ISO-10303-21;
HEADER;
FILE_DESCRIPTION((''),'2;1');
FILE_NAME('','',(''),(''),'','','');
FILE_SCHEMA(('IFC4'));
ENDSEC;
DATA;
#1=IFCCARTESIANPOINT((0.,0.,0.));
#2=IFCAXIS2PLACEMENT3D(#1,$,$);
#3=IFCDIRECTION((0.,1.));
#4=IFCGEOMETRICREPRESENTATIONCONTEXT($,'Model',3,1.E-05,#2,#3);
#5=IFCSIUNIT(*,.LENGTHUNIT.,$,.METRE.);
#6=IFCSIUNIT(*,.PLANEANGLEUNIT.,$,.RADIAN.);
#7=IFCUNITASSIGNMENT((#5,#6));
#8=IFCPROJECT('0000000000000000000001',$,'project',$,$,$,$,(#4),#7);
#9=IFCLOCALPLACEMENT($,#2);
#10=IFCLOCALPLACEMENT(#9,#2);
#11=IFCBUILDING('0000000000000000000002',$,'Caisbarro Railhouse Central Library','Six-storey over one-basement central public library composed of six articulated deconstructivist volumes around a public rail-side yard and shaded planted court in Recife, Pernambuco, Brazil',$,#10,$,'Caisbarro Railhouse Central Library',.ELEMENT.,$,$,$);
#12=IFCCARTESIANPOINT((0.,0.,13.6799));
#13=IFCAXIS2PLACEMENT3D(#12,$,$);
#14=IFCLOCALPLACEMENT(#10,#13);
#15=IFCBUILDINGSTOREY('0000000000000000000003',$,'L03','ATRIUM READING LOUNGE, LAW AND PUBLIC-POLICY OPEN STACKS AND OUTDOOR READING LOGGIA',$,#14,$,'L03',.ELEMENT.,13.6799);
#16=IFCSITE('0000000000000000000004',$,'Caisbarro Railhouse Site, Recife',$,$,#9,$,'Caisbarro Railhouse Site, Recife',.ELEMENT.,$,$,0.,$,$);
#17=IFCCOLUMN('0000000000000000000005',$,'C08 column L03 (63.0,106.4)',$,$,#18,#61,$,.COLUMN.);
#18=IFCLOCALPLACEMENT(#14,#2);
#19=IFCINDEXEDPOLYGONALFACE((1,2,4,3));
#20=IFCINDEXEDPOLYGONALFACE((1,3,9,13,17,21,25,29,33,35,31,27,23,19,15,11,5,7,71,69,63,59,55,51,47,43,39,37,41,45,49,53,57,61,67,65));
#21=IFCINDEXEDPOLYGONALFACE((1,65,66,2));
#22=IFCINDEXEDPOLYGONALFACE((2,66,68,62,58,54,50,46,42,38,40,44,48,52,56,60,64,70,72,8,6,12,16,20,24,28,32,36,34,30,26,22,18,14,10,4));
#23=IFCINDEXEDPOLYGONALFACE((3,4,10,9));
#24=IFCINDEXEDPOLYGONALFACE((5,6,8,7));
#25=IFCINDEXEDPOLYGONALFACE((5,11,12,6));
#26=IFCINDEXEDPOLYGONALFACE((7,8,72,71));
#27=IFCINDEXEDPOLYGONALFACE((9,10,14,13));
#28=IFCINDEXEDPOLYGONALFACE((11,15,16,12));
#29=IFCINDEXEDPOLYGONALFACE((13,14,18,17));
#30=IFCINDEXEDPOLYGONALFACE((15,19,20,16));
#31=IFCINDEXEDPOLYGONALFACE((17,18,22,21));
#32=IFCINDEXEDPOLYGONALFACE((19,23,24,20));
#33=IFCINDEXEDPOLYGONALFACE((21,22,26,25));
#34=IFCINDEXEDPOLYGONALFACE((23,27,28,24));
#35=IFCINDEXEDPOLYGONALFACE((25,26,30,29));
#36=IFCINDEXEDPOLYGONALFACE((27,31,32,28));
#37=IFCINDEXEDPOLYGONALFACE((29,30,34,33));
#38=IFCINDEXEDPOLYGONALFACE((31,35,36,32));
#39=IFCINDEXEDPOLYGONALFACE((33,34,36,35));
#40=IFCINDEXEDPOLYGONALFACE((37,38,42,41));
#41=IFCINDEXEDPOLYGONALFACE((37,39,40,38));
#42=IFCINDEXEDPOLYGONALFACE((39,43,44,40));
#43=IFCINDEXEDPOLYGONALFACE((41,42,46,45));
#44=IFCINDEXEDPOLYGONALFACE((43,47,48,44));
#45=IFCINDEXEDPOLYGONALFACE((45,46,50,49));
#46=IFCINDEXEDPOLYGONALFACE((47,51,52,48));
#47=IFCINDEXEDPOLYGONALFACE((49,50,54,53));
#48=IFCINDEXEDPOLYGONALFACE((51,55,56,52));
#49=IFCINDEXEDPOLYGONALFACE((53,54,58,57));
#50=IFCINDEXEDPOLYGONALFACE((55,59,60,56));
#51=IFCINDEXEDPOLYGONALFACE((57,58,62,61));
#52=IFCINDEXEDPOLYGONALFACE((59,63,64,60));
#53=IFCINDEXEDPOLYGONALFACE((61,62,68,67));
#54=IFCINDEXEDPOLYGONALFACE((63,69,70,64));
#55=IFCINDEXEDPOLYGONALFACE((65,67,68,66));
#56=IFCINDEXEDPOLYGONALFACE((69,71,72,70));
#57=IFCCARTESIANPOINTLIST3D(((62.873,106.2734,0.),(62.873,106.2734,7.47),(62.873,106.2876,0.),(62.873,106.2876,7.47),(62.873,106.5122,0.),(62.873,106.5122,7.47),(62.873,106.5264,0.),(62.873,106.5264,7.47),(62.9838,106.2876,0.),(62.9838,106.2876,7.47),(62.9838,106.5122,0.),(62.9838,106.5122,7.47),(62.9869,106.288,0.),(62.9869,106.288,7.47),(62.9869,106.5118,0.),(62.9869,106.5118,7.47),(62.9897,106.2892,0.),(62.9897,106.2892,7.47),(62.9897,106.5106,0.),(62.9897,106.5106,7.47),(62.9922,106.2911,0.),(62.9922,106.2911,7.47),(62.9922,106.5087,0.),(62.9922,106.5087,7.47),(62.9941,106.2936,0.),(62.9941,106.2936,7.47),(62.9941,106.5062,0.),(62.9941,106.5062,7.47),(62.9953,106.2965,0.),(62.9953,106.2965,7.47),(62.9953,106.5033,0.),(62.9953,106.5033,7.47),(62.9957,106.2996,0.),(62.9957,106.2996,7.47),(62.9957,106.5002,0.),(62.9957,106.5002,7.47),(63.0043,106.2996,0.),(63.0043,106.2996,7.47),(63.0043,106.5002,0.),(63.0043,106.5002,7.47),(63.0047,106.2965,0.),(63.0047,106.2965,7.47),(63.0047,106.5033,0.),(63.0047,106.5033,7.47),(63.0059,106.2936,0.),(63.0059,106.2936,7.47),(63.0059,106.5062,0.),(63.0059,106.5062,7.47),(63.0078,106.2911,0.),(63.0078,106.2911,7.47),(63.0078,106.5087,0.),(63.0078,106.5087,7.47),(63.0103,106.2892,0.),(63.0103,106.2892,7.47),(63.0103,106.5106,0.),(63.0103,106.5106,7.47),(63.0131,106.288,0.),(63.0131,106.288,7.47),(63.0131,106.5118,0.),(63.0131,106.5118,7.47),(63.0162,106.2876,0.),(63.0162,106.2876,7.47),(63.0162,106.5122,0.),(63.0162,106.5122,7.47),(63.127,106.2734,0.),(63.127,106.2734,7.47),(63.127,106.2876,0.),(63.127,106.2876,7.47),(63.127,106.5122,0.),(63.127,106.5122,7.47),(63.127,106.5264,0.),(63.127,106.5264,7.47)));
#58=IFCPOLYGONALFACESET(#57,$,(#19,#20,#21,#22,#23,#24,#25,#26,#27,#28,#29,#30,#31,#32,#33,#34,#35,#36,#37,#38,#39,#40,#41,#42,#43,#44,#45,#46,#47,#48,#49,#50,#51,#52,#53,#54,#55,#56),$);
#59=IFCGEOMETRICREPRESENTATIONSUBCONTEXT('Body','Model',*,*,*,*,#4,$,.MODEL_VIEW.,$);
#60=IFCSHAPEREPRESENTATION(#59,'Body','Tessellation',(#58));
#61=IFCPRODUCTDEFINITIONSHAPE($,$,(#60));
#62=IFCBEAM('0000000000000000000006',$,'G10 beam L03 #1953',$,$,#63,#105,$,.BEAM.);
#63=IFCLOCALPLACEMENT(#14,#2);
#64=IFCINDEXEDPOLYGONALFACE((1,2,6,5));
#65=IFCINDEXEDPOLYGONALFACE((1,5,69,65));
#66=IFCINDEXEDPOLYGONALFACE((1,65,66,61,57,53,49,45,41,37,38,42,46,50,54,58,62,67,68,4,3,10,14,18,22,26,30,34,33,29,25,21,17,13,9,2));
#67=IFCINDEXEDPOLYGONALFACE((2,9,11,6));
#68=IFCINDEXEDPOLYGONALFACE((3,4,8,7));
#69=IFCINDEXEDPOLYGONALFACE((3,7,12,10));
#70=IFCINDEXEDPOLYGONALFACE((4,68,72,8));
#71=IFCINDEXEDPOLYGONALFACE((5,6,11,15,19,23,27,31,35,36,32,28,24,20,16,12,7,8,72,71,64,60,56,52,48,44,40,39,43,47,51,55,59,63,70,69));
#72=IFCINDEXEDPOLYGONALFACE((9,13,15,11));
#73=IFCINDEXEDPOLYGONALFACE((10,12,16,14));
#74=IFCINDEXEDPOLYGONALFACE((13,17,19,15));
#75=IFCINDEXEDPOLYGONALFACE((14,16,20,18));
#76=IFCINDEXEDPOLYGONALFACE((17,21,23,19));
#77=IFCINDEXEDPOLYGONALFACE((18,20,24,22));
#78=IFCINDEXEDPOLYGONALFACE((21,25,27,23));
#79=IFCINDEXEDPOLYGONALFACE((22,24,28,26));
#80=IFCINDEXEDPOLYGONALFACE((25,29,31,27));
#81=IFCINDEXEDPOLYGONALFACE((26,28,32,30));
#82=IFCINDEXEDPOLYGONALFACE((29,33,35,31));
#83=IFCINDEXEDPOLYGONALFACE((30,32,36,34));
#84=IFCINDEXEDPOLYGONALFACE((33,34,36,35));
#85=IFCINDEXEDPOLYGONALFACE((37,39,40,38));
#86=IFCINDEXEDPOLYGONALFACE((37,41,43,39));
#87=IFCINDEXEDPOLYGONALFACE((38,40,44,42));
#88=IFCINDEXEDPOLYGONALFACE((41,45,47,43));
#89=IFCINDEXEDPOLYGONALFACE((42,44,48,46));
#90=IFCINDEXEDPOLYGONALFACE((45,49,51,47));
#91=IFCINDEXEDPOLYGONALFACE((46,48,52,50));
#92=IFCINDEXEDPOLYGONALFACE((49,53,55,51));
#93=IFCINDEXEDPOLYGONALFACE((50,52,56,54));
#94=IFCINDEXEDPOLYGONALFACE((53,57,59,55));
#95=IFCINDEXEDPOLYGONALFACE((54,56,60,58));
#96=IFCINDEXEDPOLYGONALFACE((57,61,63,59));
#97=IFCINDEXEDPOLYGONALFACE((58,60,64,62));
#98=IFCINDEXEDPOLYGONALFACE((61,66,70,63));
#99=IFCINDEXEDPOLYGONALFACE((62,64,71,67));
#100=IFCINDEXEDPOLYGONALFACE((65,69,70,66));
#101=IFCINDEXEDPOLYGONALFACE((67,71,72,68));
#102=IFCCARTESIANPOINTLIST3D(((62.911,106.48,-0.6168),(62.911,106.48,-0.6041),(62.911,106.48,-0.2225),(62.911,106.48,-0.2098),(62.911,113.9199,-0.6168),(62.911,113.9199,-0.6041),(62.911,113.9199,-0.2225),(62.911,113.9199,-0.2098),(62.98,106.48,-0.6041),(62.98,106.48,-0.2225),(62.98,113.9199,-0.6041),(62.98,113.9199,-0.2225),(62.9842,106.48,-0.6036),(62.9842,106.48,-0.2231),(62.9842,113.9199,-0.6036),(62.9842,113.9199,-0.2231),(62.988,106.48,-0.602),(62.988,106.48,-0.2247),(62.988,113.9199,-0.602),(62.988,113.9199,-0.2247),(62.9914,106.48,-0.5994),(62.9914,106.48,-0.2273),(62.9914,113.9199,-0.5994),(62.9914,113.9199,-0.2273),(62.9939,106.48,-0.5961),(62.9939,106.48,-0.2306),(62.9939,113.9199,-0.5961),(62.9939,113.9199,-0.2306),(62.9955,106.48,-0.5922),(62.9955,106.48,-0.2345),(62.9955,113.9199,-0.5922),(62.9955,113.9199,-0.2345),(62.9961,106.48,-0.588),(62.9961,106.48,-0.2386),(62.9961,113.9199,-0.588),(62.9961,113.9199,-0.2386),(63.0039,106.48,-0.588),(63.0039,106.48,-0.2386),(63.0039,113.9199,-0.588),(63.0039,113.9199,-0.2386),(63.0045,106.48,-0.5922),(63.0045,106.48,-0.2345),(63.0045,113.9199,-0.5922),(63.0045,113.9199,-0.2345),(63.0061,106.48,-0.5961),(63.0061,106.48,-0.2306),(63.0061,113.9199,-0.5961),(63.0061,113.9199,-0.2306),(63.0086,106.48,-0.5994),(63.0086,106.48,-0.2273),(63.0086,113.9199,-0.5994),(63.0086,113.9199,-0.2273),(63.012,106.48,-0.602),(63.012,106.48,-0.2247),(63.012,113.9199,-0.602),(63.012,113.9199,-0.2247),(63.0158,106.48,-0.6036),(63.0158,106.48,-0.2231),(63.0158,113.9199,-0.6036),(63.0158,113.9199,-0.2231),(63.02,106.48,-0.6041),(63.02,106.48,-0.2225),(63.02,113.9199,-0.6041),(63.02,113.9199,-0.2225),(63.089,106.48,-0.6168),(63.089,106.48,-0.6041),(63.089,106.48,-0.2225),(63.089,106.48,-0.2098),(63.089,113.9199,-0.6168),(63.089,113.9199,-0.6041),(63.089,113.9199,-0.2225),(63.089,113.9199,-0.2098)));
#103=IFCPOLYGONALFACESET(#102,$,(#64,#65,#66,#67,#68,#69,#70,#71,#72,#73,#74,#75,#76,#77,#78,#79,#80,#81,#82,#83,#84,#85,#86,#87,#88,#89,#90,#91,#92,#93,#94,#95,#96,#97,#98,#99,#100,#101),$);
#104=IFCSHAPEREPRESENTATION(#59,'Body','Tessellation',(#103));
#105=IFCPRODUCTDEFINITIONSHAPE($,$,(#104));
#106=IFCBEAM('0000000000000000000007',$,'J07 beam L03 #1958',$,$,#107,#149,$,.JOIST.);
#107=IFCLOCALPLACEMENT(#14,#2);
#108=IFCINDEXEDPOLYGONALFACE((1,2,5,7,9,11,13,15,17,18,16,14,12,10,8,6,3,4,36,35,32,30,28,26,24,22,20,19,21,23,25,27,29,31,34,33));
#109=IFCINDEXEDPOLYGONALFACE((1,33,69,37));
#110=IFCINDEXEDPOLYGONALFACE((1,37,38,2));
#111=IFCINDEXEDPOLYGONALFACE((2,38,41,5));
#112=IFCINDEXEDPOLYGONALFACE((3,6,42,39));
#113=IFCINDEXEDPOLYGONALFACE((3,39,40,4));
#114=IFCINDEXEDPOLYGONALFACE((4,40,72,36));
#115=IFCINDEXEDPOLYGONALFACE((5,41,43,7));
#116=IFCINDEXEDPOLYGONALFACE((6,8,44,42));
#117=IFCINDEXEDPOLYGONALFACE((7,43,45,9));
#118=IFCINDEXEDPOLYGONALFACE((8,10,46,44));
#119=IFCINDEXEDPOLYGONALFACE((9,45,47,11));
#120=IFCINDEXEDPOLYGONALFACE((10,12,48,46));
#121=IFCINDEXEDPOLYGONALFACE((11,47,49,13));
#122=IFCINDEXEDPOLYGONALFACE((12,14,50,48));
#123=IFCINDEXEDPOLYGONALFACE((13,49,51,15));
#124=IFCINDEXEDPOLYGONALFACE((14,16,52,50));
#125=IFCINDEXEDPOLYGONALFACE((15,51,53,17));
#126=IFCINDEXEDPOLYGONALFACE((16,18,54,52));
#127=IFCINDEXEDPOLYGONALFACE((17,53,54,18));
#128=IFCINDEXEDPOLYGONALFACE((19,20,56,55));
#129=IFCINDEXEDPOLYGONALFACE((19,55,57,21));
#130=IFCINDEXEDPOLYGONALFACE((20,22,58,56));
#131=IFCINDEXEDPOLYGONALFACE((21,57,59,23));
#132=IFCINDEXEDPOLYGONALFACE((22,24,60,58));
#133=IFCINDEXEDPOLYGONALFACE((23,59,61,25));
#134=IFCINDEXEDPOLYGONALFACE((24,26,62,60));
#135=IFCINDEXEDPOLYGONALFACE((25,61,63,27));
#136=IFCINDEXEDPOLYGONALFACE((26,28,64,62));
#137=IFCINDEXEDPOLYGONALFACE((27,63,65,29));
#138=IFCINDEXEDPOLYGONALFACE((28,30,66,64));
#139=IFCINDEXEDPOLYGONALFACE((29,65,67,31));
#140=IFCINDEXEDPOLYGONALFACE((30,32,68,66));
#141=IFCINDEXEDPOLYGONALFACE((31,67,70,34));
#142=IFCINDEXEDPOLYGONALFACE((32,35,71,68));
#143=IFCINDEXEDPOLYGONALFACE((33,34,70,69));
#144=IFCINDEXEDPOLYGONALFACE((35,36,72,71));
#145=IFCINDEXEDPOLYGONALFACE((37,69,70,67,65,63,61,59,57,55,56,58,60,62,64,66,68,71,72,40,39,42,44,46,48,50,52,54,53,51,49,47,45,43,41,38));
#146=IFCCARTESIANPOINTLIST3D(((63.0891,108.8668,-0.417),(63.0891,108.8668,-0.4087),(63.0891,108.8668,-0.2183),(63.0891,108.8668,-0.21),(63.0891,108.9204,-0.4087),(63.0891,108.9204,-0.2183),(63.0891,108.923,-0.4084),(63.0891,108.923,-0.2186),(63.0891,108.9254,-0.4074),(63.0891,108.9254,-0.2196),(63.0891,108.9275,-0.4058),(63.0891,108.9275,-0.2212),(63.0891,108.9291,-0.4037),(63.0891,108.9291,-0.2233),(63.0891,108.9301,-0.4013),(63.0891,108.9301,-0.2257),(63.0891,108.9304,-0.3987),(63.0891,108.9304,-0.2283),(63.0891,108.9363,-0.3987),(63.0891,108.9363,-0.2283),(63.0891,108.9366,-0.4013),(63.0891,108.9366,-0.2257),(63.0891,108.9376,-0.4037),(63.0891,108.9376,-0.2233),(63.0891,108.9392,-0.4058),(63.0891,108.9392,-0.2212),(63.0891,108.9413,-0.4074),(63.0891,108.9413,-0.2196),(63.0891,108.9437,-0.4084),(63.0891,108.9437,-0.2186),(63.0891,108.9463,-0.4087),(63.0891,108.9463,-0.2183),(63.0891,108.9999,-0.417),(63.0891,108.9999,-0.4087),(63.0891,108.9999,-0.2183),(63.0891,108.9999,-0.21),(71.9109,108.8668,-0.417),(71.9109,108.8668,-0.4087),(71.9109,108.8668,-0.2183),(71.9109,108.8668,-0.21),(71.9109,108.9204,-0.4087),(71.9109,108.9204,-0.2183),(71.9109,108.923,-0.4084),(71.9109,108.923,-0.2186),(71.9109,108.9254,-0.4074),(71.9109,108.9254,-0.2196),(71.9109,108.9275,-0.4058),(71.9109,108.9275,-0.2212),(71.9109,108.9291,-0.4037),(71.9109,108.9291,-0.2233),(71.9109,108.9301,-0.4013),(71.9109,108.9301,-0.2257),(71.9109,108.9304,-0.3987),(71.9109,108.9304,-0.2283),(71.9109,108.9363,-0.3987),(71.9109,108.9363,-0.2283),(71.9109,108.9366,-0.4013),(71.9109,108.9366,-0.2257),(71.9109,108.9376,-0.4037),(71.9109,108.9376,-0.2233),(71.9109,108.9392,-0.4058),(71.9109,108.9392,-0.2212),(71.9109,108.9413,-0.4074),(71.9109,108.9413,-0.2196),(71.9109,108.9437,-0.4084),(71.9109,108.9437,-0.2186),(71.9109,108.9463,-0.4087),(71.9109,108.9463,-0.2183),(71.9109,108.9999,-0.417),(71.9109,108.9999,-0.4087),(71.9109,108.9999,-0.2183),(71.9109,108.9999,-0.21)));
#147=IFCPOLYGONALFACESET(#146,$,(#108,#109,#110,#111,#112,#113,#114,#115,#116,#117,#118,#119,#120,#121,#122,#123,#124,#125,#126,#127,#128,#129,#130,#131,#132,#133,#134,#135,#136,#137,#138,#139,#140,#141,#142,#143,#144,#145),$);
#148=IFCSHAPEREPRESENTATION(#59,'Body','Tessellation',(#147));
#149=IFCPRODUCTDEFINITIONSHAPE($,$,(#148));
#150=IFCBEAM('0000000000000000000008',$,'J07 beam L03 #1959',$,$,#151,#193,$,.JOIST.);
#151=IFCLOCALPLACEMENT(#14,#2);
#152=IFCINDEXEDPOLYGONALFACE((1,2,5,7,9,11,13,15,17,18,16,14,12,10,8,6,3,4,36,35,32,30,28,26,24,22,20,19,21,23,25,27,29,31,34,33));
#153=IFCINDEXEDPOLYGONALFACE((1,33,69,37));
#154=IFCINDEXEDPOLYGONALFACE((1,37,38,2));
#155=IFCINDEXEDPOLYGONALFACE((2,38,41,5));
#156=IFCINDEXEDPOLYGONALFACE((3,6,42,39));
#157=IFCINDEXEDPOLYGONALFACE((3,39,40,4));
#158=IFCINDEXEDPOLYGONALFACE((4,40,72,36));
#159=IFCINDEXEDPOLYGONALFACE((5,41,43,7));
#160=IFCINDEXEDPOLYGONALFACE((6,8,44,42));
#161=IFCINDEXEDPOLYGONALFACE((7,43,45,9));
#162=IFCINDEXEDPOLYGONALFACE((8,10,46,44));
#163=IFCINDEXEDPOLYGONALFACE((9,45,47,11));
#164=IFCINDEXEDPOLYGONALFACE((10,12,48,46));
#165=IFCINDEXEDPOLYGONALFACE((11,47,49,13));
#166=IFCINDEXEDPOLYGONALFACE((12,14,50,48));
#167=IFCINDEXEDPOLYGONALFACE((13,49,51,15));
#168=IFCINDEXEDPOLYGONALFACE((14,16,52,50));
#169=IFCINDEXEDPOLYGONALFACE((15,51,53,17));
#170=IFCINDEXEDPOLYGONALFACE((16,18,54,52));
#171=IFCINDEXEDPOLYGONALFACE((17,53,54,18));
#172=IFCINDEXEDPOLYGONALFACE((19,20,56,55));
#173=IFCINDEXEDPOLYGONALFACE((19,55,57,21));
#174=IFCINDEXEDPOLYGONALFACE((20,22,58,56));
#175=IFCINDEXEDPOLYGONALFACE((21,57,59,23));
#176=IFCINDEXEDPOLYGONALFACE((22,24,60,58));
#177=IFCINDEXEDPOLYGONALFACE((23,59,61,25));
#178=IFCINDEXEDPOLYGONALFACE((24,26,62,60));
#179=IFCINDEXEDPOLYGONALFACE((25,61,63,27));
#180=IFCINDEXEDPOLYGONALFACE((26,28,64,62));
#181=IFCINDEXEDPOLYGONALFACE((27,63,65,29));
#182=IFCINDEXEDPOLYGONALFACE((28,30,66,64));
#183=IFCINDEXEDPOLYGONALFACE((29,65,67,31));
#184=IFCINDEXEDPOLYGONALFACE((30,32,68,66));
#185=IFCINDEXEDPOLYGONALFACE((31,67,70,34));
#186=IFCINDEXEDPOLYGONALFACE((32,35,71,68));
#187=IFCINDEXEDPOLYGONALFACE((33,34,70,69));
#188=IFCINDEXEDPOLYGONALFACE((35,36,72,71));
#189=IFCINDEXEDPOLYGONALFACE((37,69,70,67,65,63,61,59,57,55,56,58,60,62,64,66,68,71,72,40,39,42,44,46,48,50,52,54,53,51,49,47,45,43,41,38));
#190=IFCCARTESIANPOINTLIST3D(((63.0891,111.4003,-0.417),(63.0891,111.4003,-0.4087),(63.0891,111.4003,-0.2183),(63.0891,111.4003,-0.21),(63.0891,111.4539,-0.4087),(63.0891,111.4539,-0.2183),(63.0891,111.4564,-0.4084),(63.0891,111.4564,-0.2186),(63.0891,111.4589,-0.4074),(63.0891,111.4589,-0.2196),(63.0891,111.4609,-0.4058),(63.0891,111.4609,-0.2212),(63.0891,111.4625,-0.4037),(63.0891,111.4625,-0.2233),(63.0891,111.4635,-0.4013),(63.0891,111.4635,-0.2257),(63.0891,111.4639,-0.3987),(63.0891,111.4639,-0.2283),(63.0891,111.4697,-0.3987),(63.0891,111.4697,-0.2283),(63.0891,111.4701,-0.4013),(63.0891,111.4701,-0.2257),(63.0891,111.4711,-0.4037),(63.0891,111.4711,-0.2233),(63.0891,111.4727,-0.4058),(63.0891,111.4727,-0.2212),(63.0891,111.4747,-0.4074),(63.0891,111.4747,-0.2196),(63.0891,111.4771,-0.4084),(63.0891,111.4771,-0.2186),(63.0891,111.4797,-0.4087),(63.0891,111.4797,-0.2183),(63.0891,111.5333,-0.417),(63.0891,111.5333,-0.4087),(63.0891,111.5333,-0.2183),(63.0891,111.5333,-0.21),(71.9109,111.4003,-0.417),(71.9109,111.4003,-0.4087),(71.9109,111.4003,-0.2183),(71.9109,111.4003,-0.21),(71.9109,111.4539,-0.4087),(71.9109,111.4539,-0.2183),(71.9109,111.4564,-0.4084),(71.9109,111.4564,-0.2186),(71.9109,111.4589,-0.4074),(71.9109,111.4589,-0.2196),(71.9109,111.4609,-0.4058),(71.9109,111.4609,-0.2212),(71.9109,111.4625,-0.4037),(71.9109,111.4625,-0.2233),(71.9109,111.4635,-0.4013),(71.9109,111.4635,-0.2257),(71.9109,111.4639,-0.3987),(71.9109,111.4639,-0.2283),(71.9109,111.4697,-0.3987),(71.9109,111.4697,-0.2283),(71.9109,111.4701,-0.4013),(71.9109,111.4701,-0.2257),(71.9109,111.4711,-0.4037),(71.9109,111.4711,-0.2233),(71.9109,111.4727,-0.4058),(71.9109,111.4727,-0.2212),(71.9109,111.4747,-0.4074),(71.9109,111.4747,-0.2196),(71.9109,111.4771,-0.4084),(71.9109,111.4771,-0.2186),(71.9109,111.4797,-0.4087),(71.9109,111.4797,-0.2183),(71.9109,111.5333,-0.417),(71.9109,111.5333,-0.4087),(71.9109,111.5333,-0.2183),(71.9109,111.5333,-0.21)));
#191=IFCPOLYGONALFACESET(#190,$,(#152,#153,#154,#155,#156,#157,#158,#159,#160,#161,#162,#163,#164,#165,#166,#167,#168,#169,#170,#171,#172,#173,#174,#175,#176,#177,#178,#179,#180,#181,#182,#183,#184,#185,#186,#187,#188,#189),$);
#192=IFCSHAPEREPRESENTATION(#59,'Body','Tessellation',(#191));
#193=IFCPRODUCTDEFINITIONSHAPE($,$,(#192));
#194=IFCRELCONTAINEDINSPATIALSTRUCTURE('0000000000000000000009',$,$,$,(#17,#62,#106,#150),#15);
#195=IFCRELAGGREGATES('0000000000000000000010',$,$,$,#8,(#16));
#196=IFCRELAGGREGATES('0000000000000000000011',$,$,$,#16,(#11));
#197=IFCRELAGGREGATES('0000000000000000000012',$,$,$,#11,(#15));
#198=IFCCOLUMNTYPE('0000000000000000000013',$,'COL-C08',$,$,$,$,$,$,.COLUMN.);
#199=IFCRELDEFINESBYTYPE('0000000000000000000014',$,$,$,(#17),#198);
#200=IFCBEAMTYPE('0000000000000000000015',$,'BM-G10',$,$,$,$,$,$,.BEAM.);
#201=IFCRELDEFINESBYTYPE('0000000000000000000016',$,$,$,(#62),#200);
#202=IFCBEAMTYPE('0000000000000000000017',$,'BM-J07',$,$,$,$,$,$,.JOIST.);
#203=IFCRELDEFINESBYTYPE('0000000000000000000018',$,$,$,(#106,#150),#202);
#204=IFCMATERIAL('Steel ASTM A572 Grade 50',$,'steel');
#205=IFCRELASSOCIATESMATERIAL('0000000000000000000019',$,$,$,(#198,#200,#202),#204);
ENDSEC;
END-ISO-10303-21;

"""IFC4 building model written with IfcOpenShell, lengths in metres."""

from ifc_helpers import new_model, si_unit, direction, frame, origin, origin_2d, place, context, subcontext, project, spatial, i_section, extrude, material, material_profile, profile_set, type_object, element, save


model = new_model("IFC4")

# Units and contexts
model_context = context("Model", 3, precision=1e-05, world=origin(), true_north=direction((0.0, 1.0)))
body_context = subcontext(model_context, "Body", "Model", "MODEL_VIEW")
ifc_project = project(units=[si_unit("LENGTHUNIT", "METRE"), si_unit("PLANEANGLEUNIT", "RADIAN")], contexts=[model_context])

# Site, building, storey
site_placement = place(None, origin())
site = spatial("IfcSite", under=ifc_project, at=site_placement, Name="Caisbarro Railhouse Site, Recife", LongName="Caisbarro Railhouse Site, Recife", CompositionType="ELEMENT", RefElevation=0.0)
building_placement = place(site_placement, origin())
building = spatial("IfcBuilding", under=site, at=building_placement, Name="Caisbarro Railhouse Central Library", Description="Six-storey over one-basement central public library composed of six articulated deconstructivist volumes around a public rail-side yard and shaded planted court in Recife, Pernambuco, Brazil", LongName="Caisbarro Railhouse Central Library", CompositionType="ELEMENT")
storey_placement = place(building_placement, frame((0.0, 0.0, 13.6799)))
storey = spatial("IfcBuildingStorey", under=building, at=storey_placement, Name="L03", Description="ATRIUM READING LOUNGE, LAW AND PUBLIC-POLICY OPEN STACKS AND OUTDOOR READING LOGGIA", LongName="L03", CompositionType="ELEMENT", Elevation=13.6799)

# Column
ifc_material_1 = material(Name="Steel ASTM A572 Grade 50", Category="steel")
ifc_material_profile_1 = material_profile(ifc_material_1, i_section(OverallWidth=0.2539, OverallDepth=0.2529, WebThickness=0.0085, FlangeThickness=0.0142, FilletRadius=0.012, at=origin_2d()), Name="W250X73.0")
ifc_profile_set_1 = profile_set([ifc_material_profile_1], Name="Steel ASTM A572 Grade 50")
column_type = type_object("IfcColumnType", Name="COL-C08", PredefinedType="COLUMN", material=ifc_profile_set_1)
column_placement = place(storey_placement, frame((63.0, 106.3999, 0.0), z_axis=(0.0, 0.0, 1.0), x_axis=(1.0, 0.0, 0.0)))
element("IfcColumn", 1, at=column_placement, inside=storey, type_object=column_type, Name="C08 column L03 (63.0,106.4)", PredefinedType="COLUMN", context=body_context, shape_type="SweptSolid", body=[
    extrude(i_section(OverallWidth=0.2539, OverallDepth=0.2529, WebThickness=0.0085, FlangeThickness=0.0142, FilletRadius=0.012, at=origin_2d()), origin(), (0.0, 0.0, 1.0), 7.47),
])

# Beams
ifc_material_profile_2 = material_profile(ifc_material_1, i_section(OverallWidth=0.178, OverallDepth=0.407, WebThickness=0.0078, FlangeThickness=0.0127, FilletRadius=0.0161, at=origin_2d()), Name="W410X60.0")
ifc_profile_set_2 = profile_set([ifc_material_profile_2], Name="Steel ASTM A572 Grade 50")
beam_type_1 = type_object("IfcBeamType", Name="BM-G10", PredefinedType="BEAM", material=ifc_profile_set_2)
beam_placement = place(storey_placement, frame((63.0, 106.48, -0.4133), z_axis=(0.0, 1.0, 0.0), x_axis=(-1.0, 0.0, 0.0)))
element("IfcBeam", 2, at=beam_placement, inside=storey, type_object=beam_type_1, Name="G10 beam L03 #1953", PredefinedType="BEAM", context=body_context, shape_type="SweptSolid", body=[
    extrude(i_section(OverallWidth=0.178, OverallDepth=0.407, WebThickness=0.0078, FlangeThickness=0.0127, FilletRadius=0.0161, at=origin_2d()), origin(), (0.0, 0.0, 1.0), 7.4399),
])
ifc_material_profile_3 = material_profile(ifc_material_1, i_section(OverallWidth=0.1331, OverallDepth=0.207, WebThickness=0.0059, FlangeThickness=0.0083, FilletRadius=0.01, at=origin_2d()), Name="W200X26.6")
ifc_profile_set_3 = profile_set([ifc_material_profile_3], Name="Steel ASTM A572 Grade 50")
beam_type_2 = type_object("IfcBeamType", Name="BM-J07", PredefinedType="JOIST", material=ifc_profile_set_3)
for number, where, z_axis, x_axis, name in (
    (3, (63.0891, 108.9333, -0.3135), (1.0, 0.0, 0.0), (0.0, 1.0, 0.0), "J07 beam L03 #1958"),
    (4, (63.0891, 111.4668, -0.3135), (1.0, 0.0, 0.0), (0.0, 1.0, 0.0), "J07 beam L03 #1959"),
):
    element("IfcBeam", number, at=place(storey_placement, frame(where, z_axis=z_axis, x_axis=x_axis)), inside=storey, type_object=beam_type_2, Name=name, PredefinedType="JOIST", context=body_context, shape_type="SweptSolid", body=[
        extrude(i_section(OverallWidth=0.1331, OverallDepth=0.207, WebThickness=0.0059, FlangeThickness=0.0083, FilletRadius=0.01, at=origin_2d()), origin(), (0.0, 0.0, 1.0), 8.8218),
    ])

save(model, "model.ifc")
